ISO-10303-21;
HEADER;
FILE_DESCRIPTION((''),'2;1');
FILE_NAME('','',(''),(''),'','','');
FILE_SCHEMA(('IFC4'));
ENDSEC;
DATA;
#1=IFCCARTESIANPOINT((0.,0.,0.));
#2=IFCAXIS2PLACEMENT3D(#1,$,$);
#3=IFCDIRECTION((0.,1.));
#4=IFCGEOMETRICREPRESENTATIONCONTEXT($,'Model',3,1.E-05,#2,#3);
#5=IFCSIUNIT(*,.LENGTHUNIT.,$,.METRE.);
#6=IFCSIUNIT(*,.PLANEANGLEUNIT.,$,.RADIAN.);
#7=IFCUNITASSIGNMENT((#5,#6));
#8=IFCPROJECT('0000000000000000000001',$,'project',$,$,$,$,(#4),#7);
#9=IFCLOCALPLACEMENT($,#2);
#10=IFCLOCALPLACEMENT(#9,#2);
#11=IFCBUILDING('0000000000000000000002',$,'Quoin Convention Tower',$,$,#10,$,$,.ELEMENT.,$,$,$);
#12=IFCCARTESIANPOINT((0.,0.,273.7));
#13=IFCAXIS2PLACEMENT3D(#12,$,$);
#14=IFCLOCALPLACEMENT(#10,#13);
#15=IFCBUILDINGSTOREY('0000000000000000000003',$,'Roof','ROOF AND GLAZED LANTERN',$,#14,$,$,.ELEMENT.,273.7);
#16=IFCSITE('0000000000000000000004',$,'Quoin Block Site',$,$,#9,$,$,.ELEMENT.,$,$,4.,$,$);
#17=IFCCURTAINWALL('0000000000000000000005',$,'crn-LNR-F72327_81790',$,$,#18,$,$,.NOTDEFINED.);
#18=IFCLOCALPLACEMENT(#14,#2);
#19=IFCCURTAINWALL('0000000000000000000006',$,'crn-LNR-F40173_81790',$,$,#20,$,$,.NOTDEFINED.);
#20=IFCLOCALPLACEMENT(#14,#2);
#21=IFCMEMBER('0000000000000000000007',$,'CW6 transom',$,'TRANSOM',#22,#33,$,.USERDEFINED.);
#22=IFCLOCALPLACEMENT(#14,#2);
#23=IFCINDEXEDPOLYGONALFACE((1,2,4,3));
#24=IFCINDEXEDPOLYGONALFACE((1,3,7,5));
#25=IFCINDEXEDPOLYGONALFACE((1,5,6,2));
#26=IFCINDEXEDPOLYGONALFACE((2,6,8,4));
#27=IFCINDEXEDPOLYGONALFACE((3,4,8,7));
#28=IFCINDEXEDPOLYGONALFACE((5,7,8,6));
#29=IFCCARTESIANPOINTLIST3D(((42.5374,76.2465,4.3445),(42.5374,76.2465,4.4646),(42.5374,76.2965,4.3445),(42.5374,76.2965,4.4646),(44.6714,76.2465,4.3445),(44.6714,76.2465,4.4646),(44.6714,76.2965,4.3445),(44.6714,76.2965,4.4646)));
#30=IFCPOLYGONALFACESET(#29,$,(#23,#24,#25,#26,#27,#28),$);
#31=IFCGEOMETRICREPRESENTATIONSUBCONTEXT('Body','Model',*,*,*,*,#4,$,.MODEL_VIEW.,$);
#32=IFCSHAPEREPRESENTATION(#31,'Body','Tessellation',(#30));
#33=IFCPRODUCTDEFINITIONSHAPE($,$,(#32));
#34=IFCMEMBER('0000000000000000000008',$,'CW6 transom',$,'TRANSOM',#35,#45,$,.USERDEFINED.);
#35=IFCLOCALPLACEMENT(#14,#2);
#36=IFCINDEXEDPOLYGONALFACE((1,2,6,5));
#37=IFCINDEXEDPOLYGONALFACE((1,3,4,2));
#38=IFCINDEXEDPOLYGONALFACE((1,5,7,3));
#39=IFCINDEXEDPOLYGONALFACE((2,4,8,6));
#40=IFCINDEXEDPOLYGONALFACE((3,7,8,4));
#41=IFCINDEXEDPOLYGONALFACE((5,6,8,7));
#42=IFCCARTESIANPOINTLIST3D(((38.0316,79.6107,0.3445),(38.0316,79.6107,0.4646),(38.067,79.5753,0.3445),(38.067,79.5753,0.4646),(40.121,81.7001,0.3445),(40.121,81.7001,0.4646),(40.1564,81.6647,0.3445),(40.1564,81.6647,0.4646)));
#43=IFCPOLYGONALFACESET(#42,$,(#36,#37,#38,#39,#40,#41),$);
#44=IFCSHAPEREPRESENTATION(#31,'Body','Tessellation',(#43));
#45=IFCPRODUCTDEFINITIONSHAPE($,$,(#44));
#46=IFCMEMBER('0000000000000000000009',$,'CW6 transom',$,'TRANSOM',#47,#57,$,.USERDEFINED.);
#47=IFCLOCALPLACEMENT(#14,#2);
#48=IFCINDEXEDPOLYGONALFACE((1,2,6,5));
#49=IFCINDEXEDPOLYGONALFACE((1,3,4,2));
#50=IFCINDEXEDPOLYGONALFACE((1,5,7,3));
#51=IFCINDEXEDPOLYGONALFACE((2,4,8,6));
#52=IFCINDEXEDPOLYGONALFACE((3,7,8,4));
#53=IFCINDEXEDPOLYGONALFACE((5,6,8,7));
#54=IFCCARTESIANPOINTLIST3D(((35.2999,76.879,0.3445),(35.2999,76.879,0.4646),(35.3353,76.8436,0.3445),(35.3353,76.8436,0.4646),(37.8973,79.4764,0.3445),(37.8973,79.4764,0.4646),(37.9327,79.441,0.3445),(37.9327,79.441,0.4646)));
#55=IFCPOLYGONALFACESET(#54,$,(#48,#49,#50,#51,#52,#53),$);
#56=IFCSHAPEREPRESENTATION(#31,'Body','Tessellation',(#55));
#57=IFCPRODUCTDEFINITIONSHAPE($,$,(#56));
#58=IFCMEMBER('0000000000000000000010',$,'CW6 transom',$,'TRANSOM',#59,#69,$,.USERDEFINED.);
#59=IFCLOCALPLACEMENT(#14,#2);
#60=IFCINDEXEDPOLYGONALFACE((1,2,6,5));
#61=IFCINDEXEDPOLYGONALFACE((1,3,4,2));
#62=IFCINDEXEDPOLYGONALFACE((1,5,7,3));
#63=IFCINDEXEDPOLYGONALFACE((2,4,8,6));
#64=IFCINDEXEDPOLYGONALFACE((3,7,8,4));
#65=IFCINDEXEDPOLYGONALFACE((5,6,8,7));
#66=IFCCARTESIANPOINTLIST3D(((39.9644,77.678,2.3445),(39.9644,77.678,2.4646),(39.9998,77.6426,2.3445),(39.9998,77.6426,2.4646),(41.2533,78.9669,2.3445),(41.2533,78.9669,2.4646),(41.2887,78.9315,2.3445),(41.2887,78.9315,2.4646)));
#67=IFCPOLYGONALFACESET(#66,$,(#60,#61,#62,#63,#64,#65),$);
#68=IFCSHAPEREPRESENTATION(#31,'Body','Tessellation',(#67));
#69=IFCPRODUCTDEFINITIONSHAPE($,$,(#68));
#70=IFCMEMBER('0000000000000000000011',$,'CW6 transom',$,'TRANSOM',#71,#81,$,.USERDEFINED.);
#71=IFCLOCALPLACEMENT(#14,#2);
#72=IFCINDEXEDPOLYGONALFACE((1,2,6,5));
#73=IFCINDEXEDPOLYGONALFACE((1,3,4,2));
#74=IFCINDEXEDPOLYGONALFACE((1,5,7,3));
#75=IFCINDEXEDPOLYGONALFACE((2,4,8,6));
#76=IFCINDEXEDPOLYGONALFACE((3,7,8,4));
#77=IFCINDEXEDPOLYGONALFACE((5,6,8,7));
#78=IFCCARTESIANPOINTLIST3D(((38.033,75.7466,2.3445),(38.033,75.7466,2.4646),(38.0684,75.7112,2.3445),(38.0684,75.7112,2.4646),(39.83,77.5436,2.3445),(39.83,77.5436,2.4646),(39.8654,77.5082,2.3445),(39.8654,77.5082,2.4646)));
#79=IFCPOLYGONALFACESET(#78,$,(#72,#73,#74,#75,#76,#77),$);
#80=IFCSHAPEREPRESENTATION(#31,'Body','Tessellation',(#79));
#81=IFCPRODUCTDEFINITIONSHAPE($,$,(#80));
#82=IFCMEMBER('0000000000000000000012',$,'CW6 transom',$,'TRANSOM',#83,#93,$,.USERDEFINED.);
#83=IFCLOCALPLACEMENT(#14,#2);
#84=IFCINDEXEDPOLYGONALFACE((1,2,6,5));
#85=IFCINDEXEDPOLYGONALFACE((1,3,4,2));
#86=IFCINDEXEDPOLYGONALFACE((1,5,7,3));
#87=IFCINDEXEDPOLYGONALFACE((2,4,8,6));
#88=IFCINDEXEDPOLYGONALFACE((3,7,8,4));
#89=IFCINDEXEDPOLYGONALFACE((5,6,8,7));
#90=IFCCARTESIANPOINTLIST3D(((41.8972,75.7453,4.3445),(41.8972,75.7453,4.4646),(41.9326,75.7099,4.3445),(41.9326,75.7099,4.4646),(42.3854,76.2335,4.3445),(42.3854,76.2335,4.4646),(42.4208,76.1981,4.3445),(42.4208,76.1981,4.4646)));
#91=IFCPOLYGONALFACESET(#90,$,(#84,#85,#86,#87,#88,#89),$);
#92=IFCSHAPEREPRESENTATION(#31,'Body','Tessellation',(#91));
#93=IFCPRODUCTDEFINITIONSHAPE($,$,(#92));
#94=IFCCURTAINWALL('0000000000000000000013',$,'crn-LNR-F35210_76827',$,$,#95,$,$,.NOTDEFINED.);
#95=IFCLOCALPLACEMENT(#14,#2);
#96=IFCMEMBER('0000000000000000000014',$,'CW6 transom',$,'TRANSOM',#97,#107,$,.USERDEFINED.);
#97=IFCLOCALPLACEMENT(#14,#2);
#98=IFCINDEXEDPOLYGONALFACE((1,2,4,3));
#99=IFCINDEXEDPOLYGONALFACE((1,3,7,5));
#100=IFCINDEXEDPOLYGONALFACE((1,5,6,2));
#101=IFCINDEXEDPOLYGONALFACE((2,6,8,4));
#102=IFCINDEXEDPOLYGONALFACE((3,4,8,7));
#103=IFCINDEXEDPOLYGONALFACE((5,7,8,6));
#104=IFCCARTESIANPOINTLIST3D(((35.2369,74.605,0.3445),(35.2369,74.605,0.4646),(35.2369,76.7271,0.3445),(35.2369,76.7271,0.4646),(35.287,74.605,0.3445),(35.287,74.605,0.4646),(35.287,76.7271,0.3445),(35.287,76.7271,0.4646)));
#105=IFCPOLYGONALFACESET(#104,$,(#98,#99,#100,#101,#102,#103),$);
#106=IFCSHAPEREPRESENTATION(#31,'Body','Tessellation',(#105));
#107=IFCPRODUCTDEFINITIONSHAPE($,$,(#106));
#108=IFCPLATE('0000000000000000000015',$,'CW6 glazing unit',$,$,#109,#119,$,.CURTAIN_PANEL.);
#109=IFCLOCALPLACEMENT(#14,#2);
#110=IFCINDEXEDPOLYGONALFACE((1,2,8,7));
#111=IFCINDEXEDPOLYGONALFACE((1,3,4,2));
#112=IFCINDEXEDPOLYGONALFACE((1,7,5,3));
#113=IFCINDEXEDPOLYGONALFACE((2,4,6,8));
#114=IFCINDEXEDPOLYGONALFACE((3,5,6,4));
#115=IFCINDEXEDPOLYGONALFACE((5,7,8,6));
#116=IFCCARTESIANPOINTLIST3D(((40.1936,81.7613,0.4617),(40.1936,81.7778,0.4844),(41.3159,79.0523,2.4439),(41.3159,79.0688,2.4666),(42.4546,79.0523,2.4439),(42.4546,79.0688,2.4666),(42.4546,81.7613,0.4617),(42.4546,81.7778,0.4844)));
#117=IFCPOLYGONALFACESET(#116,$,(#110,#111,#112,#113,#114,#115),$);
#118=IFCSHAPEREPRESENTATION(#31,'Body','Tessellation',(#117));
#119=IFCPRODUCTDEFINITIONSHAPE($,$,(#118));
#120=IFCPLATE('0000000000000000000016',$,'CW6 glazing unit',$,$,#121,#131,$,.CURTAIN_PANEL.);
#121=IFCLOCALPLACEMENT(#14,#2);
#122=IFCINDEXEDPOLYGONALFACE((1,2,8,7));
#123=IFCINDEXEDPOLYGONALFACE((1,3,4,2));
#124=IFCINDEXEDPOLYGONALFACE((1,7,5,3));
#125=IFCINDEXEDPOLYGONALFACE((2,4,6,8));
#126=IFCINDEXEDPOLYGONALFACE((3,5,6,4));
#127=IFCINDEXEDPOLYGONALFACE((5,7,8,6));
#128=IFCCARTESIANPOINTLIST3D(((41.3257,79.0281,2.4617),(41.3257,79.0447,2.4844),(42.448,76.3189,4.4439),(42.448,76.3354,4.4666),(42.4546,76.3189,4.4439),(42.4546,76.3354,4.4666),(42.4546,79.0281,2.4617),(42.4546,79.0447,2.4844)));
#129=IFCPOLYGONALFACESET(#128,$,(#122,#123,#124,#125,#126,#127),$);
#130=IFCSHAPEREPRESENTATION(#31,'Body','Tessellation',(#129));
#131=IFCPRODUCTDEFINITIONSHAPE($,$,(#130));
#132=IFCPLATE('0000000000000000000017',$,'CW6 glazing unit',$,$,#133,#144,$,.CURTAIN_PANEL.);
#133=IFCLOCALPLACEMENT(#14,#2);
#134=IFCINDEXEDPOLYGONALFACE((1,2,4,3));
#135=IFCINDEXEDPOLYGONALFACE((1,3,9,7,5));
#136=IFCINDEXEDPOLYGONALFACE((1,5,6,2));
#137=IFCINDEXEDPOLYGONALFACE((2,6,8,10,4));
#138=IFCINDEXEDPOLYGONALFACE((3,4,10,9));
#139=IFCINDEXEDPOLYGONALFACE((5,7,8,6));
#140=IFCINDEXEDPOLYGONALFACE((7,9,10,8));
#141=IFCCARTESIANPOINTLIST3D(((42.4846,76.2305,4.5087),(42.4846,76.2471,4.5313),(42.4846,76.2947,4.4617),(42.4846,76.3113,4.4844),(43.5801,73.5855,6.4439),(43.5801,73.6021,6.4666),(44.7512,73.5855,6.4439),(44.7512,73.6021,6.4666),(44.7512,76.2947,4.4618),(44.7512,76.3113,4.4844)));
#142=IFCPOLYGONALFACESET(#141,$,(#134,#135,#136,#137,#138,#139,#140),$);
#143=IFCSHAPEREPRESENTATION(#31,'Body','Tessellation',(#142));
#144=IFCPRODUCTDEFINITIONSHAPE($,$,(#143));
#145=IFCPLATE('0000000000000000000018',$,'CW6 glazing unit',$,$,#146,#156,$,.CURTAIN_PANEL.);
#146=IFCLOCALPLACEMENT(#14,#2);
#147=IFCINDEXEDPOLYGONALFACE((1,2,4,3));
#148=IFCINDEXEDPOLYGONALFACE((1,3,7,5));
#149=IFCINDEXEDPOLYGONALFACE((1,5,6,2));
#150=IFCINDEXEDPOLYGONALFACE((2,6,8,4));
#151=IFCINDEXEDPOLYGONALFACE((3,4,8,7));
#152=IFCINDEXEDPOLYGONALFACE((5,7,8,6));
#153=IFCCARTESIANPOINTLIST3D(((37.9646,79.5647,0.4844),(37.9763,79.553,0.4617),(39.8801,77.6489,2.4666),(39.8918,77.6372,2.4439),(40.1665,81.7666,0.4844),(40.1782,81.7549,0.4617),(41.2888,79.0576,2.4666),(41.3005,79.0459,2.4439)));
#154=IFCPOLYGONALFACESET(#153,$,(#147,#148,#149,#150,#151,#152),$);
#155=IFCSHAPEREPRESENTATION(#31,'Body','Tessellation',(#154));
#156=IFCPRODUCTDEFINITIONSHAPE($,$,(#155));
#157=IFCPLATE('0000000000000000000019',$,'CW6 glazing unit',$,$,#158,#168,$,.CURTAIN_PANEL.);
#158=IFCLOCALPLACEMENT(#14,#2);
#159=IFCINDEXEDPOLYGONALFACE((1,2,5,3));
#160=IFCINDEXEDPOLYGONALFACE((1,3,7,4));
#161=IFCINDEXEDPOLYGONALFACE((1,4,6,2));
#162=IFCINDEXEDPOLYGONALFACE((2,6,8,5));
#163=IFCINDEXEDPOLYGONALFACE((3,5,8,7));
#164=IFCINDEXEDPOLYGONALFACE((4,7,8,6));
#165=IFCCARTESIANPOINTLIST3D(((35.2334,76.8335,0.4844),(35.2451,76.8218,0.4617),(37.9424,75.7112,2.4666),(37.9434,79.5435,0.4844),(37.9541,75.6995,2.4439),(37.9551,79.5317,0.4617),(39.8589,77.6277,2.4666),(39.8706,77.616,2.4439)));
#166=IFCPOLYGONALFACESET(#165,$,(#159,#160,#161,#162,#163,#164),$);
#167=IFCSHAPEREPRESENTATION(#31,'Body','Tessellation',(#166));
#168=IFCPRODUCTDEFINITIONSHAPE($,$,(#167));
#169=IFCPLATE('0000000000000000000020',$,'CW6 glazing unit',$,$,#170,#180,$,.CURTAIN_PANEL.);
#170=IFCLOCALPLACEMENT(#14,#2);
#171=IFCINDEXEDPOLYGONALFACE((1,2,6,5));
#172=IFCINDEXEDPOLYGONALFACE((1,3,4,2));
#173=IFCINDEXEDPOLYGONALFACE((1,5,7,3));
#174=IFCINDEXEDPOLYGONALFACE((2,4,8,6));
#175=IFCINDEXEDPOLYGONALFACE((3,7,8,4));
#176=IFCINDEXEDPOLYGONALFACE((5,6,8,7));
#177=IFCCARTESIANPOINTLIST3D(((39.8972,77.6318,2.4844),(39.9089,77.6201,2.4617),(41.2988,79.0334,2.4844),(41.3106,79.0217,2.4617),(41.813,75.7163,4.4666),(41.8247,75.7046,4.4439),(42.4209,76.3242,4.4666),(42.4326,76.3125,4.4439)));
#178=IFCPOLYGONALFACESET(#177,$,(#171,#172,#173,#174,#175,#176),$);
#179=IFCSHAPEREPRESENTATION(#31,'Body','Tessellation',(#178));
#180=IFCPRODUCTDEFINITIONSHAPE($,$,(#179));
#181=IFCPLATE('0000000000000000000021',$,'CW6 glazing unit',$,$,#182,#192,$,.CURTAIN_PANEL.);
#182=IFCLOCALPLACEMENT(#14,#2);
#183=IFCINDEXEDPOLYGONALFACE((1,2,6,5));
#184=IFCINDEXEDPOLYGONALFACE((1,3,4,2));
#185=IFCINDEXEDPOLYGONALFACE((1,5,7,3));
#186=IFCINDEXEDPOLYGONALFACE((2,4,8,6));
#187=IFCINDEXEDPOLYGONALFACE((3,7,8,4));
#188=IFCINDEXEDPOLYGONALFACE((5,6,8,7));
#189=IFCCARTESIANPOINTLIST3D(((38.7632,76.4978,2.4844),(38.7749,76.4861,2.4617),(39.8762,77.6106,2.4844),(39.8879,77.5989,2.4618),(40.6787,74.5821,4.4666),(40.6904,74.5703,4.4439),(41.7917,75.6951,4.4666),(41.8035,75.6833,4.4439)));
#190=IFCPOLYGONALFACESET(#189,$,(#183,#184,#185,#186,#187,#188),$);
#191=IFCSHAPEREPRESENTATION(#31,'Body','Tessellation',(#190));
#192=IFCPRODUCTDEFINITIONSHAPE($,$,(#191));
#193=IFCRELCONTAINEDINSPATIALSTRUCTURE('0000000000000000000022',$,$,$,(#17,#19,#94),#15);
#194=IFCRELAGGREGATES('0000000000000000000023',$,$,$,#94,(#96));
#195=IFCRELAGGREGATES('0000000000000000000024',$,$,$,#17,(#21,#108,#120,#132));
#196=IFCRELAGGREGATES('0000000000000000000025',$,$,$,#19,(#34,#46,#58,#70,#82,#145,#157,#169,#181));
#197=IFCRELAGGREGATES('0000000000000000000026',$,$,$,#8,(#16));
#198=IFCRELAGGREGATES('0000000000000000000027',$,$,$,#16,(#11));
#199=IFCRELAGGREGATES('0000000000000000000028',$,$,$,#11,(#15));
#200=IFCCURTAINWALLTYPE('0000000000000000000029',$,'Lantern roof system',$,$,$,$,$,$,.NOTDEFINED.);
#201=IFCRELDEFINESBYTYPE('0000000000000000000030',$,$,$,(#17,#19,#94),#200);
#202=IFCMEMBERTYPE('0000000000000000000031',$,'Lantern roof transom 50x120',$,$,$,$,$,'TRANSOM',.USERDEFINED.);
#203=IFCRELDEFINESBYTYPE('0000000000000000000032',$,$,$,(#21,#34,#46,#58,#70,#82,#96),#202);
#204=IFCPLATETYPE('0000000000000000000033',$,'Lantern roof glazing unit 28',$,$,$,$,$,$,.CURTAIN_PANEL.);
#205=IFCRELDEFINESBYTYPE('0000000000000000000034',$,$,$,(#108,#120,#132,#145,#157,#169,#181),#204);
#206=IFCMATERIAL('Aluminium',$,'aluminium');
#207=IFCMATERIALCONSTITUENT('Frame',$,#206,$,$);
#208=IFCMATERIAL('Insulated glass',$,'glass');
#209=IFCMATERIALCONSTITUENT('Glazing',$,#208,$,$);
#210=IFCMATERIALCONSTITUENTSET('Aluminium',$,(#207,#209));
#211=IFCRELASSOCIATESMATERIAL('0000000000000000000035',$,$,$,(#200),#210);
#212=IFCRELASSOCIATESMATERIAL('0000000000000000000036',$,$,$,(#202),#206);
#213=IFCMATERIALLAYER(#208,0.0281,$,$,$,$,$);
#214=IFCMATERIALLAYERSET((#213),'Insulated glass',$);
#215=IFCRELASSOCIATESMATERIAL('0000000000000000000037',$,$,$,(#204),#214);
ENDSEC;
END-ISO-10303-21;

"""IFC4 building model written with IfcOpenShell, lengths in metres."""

from ifc_helpers import new_model, si_unit, direction, frame, origin, origin_2d, place, context, subcontext, project, spatial, polyline, rectangle, outline, extrude, material, layer, layer_set, constituent, constituent_set, material_profile, profile_set, type_object, element, aggregate, save


model = new_model("IFC4")

# Units and contexts
model_context = context("Model", 3, precision=1e-05, world=origin(), true_north=direction((0.0, 1.0)))
body_context = subcontext(model_context, "Body", "Model", "MODEL_VIEW")
ifc_project = project(units=[si_unit("LENGTHUNIT", "METRE"), si_unit("PLANEANGLEUNIT", "RADIAN")], contexts=[model_context])

# Site, building, storey
site_placement = place(None, origin())
site = spatial("IfcSite", under=ifc_project, at=site_placement, Name="Quoin Block Site", CompositionType="ELEMENT", RefElevation=4.0)
building_placement = place(site_placement, origin())
building = spatial("IfcBuilding", under=site, at=building_placement, Name="Quoin Convention Tower", CompositionType="ELEMENT")
storey_placement = place(building_placement, frame((0.0, 0.0, 273.7)))
storey = spatial("IfcBuildingStorey", under=building, at=storey_placement, Name="Roof", Description="ROOF AND GLAZED LANTERN", CompositionType="ELEMENT", Elevation=273.7)

# Curtain wall
ifc_material_1 = material(Name="Aluminium", Category="aluminium")
ifc_constituent_1 = constituent(ifc_material_1, Name="Frame")
ifc_material_2 = material(Name="Insulated glass", Category="glass")
ifc_constituent_2 = constituent(ifc_material_2, Name="Glazing")
ifc_constituent_set = constituent_set(constituents=[ifc_constituent_1, ifc_constituent_2], Name="Aluminium")
curtain_wall_type = type_object("IfcCurtainWallType", Name="Lantern roof system", PredefinedType="NOTDEFINED", material=ifc_constituent_set)
curtain_wall_1_placement = place(storey_placement, origin())
curtain_wall_1 = element("IfcCurtainWall", 1, at=curtain_wall_1_placement, inside=storey, type_object=curtain_wall_type, Name="crn-LNR-F72327_81790", PredefinedType="NOTDEFINED")

# Curtain wall
curtain_wall_2_placement = place(storey_placement, origin())
curtain_wall_2 = element("IfcCurtainWall", 2, at=curtain_wall_2_placement, inside=storey, type_object=curtain_wall_type, Name="crn-LNR-F40173_81790", PredefinedType="NOTDEFINED")

# Members
ifc_material_profile_1 = material_profile(ifc_material_1, rectangle(XDim=0.1201, YDim=0.05, at=origin_2d()), Name="Lantern roof transom 50x120")
ifc_profile_set_1 = profile_set([ifc_material_profile_1], Name="Aluminium")
member_type_1 = type_object("IfcMemberType", Name="Lantern roof transom 50x120", ElementType="TRANSOM", PredefinedType="USERDEFINED", material=ifc_profile_set_1)
member_1_placement = place(storey_placement, frame((44.6714, 76.2715, 4.4045), z_axis=(-1.0, 0.0, 0.0), x_axis=(0.0, 0.0, 1.0)))
member_1 = element("IfcMember", 3, at=member_1_placement, type_object=member_type_1, Name="CW6 transom", ObjectType="TRANSOM", PredefinedType="USERDEFINED", context=body_context, shape_type="SweptSolid", body=[
    extrude(rectangle(XDim=0.1201, YDim=0.05, at=origin_2d()), origin(), (0.0, 0.0, 1.0), 2.134),
])
member_2_placement = place(storey_placement, frame((40.1387, 81.6824, 0.4045), z_axis=(-0.707107, -0.707107, 0.0), x_axis=(0.0, 0.0, 1.0)))
member_2 = element("IfcMember", 4, at=member_2_placement, type_object=member_type_1, Name="CW6 transom", ObjectType="TRANSOM", PredefinedType="USERDEFINED", context=body_context, shape_type="SweptSolid", body=[
    extrude(rectangle(XDim=0.1201, YDim=0.05, at=origin_2d()), origin(), (0.0, 0.0, 1.0), 2.9548),
])
member_3_placement = place(storey_placement, frame((37.915, 79.4587, 0.4045), z_axis=(-0.707107, -0.707107, 0.0), x_axis=(0.0, 0.0, 1.0)))
member_3 = element("IfcMember", 5, at=member_3_placement, type_object=member_type_1, Name="CW6 transom", ObjectType="TRANSOM", PredefinedType="USERDEFINED", context=body_context, shape_type="SweptSolid", body=[
    extrude(rectangle(XDim=0.1201, YDim=0.05, at=origin_2d()), origin(), (0.0, 0.0, 1.0), 3.6733),
])
member_4_placement = place(storey_placement, frame((41.271, 78.9492, 2.4045), z_axis=(-0.707107, -0.707107, 0.0), x_axis=(0.0, 0.0, 1.0)))
member_4 = element("IfcMember", 6, at=member_4_placement, type_object=member_type_1, Name="CW6 transom", ObjectType="TRANSOM", PredefinedType="USERDEFINED", context=body_context, shape_type="SweptSolid", body=[
    extrude(rectangle(XDim=0.1201, YDim=0.05, at=origin_2d()), origin(), (0.0, 0.0, 1.0), 1.8228),
])
member_5_placement = place(storey_placement, frame((39.8477, 77.5259, 2.4045), z_axis=(-0.707107, -0.707107, 0.0), x_axis=(0.0, 0.0, 1.0)))
member_5 = element("IfcMember", 7, at=member_5_placement, type_object=member_type_1, Name="CW6 transom", ObjectType="TRANSOM", PredefinedType="USERDEFINED", context=body_context, shape_type="SweptSolid", body=[
    extrude(rectangle(XDim=0.1201, YDim=0.05, at=origin_2d()), origin(), (0.0, 0.0, 1.0), 2.5413),
])
member_6_placement = place(storey_placement, frame((42.4031, 76.2158, 4.4045), z_axis=(-0.707107, -0.707107, 0.0), x_axis=(0.0, 0.0, 1.0)))
member_6 = element("IfcMember", 8, at=member_6_placement, type_object=member_type_1, Name="CW6 transom", ObjectType="TRANSOM", PredefinedType="USERDEFINED", context=body_context, shape_type="SweptSolid", body=[
    extrude(rectangle(XDim=0.1201, YDim=0.05, at=origin_2d()), origin(), (0.0, 0.0, 1.0), 0.6904),
])

# Curtain wall, member
curtain_wall_3_placement = place(storey_placement, origin())
curtain_wall_3 = element("IfcCurtainWall", 9, at=curtain_wall_3_placement, inside=storey, type_object=curtain_wall_type, Name="crn-LNR-F35210_76827", PredefinedType="NOTDEFINED")
member_7_placement = place(storey_placement, frame((35.262, 76.7271, 0.4045), z_axis=(0.0, -1.0, 0.0), x_axis=(0.0, 0.0, 1.0)))
member_7 = element("IfcMember", 10, at=member_7_placement, type_object=member_type_1, Name="CW6 transom", ObjectType="TRANSOM", PredefinedType="USERDEFINED", context=body_context, shape_type="SweptSolid", body=[
    extrude(rectangle(XDim=0.1201, YDim=0.05, at=origin_2d()), origin(), (0.0, 0.0, 1.0), 2.1221),
])
aggregate(curtain_wall_3, [member_7])

# Plates
ifc_layer = layer(ifc_material_2, 0.0281)
ifc_layer_set = layer_set([ifc_layer], Name="Insulated glass")
plate_type = type_object("IfcPlateType", Name="Lantern roof glazing unit 28", PredefinedType="CURTAIN_PANEL", material=ifc_layer_set)
plate_1_placement = place(storey_placement, frame((42.4546, 79.0688, 2.4666), z_axis=(0.0, 0.590509, 0.807031), x_axis=(-1.0, 0.0, 0.0)))
plate_1 = element("IfcPlate", 11, at=plate_1_placement, type_object=plate_type, Name="CW6 glazing unit", PredefinedType="CURTAIN_PANEL", context=body_context, shape_type="SweptSolid", body=[
    extrude(outline(polyline([(0.0, 0.0), (1.1387, 0.0), (2.261, -3.3567), (0.0, -3.3567), (0.0, 0.0)])), origin(), (0.0, 0.0, -1.0), 0.0281),
])
plate_2_placement = place(storey_placement, frame((42.4546, 79.0447, 2.4844), z_axis=(0.0, 0.590474, 0.807057), x_axis=(0.0, -0.807057, 0.590474)))
plate_2 = element("IfcPlate", 12, at=plate_2_placement, type_object=plate_type, Name="CW6 glazing unit", PredefinedType="CURTAIN_PANEL", context=body_context, shape_type="SweptSolid", body=[
    extrude(outline(polyline([(0.0, 0.0), (3.3569, 0.0), (3.3569, -0.0066), (0.0, -1.1289), (0.0, 0.0)])), origin(), (0.0, 0.0, -1.0), 0.0281),
])
plate_3_placement = place(storey_placement, frame((42.4846, 76.3113, 4.4844), z_axis=(-0.000024, 0.590468, 0.807061), x_axis=(1.0, 0.000014, 0.000019)))
plate_3 = element("IfcPlate", 13, at=plate_3_placement, type_object=plate_type, Name="CW6 glazing unit", PredefinedType="CURTAIN_PANEL", context=body_context, shape_type="SweptSolid", body=[
    extrude(outline(polyline([(0.0, 0.0), (2.2666, 0.0), (2.2666, -3.3569), (1.0955, -3.3569), (0.0, -0.0795), (0.0, 0.0)])), origin(), (0.0, 0.0, -1.0), 0.0281),
])
aggregate(curtain_wall_1, [member_1, plate_1, plate_2, plate_3])
plate_4_placement = place(storey_placement, frame((39.8801, 77.6489, 2.4666), z_axis=(-0.417537, 0.417537, 0.807047), x_axis=(-0.570632, 0.570705, -0.590487)))
plate_4 = element("IfcPlate", 14, at=plate_4_placement, type_object=plate_type, Name="CW6 glazing unit", PredefinedType="CURTAIN_PANEL", context=body_context, shape_type="SweptSolid", body=[
    extrude(outline(polyline([(0.0, 0.0), (3.3569, 0.0), (3.357, -3.114), (0.0001, -1.9922), (0.0, 0.0)])), origin(), (0.0, 0.0, -1.0), 0.0281),
])
plate_5_placement = place(storey_placement, frame((39.8589, 77.6277, 2.4666), z_axis=(-0.417537, 0.417537, 0.807047), x_axis=(-0.707107, -0.707107, 0.0)))
plate_5 = element("IfcPlate", 15, at=plate_5_placement, type_object=plate_type, Name="CW6 glazing unit", PredefinedType="CURTAIN_PANEL", context=body_context, shape_type="SweptSolid", body=[
    extrude(outline(polyline([(0.0, 0.0), (2.7103, 0.0), (3.8323, -3.3569), (-0.0002, -3.3569), (0.0, 0.0)])), origin(), (0.0, 0.0, -1.0), 0.0281),
])
plate_6_placement = place(storey_placement, frame((41.813, 75.7163, 4.4666), z_axis=(-0.417537, 0.417537, 0.807047), x_axis=(-0.570705, 0.570632, -0.590487)))
plate_6 = element("IfcPlate", 16, at=plate_6_placement, type_object=plate_type, Name="CW6 glazing unit", PredefinedType="CURTAIN_PANEL", context=body_context, shape_type="SweptSolid", body=[
    extrude(outline(polyline([(0.0, 0.0), (3.3569, 0.0), (3.3567, -1.9822), (0.0, -0.8597), (0.0, 0.0)])), origin(), (0.0, 0.0, -1.0), 0.0281),
])
plate_7_placement = place(storey_placement, frame((38.7632, 76.4978, 2.4844), z_axis=(-0.417523, 0.417569, 0.807038), x_axis=(0.707171, 0.707043, 0.000026)))
plate_7 = element("IfcPlate", 17, at=plate_7_placement, type_object=plate_type, Name="CW6 glazing unit", PredefinedType="CURTAIN_PANEL", context=body_context, shape_type="SweptSolid", body=[
    extrude(outline(polyline([(0.0, 0.0), (1.5739, 0.0), (1.5742, -3.3567), (0.0001, -3.3569), (0.0, 0.0)])), origin(), (0.0, 0.0, -1.0), 0.0281),
])
aggregate(curtain_wall_2, [member_2, member_3, member_4, member_5, member_6, plate_4, plate_5, plate_6, plate_7])

save(model, "model.ifc")
